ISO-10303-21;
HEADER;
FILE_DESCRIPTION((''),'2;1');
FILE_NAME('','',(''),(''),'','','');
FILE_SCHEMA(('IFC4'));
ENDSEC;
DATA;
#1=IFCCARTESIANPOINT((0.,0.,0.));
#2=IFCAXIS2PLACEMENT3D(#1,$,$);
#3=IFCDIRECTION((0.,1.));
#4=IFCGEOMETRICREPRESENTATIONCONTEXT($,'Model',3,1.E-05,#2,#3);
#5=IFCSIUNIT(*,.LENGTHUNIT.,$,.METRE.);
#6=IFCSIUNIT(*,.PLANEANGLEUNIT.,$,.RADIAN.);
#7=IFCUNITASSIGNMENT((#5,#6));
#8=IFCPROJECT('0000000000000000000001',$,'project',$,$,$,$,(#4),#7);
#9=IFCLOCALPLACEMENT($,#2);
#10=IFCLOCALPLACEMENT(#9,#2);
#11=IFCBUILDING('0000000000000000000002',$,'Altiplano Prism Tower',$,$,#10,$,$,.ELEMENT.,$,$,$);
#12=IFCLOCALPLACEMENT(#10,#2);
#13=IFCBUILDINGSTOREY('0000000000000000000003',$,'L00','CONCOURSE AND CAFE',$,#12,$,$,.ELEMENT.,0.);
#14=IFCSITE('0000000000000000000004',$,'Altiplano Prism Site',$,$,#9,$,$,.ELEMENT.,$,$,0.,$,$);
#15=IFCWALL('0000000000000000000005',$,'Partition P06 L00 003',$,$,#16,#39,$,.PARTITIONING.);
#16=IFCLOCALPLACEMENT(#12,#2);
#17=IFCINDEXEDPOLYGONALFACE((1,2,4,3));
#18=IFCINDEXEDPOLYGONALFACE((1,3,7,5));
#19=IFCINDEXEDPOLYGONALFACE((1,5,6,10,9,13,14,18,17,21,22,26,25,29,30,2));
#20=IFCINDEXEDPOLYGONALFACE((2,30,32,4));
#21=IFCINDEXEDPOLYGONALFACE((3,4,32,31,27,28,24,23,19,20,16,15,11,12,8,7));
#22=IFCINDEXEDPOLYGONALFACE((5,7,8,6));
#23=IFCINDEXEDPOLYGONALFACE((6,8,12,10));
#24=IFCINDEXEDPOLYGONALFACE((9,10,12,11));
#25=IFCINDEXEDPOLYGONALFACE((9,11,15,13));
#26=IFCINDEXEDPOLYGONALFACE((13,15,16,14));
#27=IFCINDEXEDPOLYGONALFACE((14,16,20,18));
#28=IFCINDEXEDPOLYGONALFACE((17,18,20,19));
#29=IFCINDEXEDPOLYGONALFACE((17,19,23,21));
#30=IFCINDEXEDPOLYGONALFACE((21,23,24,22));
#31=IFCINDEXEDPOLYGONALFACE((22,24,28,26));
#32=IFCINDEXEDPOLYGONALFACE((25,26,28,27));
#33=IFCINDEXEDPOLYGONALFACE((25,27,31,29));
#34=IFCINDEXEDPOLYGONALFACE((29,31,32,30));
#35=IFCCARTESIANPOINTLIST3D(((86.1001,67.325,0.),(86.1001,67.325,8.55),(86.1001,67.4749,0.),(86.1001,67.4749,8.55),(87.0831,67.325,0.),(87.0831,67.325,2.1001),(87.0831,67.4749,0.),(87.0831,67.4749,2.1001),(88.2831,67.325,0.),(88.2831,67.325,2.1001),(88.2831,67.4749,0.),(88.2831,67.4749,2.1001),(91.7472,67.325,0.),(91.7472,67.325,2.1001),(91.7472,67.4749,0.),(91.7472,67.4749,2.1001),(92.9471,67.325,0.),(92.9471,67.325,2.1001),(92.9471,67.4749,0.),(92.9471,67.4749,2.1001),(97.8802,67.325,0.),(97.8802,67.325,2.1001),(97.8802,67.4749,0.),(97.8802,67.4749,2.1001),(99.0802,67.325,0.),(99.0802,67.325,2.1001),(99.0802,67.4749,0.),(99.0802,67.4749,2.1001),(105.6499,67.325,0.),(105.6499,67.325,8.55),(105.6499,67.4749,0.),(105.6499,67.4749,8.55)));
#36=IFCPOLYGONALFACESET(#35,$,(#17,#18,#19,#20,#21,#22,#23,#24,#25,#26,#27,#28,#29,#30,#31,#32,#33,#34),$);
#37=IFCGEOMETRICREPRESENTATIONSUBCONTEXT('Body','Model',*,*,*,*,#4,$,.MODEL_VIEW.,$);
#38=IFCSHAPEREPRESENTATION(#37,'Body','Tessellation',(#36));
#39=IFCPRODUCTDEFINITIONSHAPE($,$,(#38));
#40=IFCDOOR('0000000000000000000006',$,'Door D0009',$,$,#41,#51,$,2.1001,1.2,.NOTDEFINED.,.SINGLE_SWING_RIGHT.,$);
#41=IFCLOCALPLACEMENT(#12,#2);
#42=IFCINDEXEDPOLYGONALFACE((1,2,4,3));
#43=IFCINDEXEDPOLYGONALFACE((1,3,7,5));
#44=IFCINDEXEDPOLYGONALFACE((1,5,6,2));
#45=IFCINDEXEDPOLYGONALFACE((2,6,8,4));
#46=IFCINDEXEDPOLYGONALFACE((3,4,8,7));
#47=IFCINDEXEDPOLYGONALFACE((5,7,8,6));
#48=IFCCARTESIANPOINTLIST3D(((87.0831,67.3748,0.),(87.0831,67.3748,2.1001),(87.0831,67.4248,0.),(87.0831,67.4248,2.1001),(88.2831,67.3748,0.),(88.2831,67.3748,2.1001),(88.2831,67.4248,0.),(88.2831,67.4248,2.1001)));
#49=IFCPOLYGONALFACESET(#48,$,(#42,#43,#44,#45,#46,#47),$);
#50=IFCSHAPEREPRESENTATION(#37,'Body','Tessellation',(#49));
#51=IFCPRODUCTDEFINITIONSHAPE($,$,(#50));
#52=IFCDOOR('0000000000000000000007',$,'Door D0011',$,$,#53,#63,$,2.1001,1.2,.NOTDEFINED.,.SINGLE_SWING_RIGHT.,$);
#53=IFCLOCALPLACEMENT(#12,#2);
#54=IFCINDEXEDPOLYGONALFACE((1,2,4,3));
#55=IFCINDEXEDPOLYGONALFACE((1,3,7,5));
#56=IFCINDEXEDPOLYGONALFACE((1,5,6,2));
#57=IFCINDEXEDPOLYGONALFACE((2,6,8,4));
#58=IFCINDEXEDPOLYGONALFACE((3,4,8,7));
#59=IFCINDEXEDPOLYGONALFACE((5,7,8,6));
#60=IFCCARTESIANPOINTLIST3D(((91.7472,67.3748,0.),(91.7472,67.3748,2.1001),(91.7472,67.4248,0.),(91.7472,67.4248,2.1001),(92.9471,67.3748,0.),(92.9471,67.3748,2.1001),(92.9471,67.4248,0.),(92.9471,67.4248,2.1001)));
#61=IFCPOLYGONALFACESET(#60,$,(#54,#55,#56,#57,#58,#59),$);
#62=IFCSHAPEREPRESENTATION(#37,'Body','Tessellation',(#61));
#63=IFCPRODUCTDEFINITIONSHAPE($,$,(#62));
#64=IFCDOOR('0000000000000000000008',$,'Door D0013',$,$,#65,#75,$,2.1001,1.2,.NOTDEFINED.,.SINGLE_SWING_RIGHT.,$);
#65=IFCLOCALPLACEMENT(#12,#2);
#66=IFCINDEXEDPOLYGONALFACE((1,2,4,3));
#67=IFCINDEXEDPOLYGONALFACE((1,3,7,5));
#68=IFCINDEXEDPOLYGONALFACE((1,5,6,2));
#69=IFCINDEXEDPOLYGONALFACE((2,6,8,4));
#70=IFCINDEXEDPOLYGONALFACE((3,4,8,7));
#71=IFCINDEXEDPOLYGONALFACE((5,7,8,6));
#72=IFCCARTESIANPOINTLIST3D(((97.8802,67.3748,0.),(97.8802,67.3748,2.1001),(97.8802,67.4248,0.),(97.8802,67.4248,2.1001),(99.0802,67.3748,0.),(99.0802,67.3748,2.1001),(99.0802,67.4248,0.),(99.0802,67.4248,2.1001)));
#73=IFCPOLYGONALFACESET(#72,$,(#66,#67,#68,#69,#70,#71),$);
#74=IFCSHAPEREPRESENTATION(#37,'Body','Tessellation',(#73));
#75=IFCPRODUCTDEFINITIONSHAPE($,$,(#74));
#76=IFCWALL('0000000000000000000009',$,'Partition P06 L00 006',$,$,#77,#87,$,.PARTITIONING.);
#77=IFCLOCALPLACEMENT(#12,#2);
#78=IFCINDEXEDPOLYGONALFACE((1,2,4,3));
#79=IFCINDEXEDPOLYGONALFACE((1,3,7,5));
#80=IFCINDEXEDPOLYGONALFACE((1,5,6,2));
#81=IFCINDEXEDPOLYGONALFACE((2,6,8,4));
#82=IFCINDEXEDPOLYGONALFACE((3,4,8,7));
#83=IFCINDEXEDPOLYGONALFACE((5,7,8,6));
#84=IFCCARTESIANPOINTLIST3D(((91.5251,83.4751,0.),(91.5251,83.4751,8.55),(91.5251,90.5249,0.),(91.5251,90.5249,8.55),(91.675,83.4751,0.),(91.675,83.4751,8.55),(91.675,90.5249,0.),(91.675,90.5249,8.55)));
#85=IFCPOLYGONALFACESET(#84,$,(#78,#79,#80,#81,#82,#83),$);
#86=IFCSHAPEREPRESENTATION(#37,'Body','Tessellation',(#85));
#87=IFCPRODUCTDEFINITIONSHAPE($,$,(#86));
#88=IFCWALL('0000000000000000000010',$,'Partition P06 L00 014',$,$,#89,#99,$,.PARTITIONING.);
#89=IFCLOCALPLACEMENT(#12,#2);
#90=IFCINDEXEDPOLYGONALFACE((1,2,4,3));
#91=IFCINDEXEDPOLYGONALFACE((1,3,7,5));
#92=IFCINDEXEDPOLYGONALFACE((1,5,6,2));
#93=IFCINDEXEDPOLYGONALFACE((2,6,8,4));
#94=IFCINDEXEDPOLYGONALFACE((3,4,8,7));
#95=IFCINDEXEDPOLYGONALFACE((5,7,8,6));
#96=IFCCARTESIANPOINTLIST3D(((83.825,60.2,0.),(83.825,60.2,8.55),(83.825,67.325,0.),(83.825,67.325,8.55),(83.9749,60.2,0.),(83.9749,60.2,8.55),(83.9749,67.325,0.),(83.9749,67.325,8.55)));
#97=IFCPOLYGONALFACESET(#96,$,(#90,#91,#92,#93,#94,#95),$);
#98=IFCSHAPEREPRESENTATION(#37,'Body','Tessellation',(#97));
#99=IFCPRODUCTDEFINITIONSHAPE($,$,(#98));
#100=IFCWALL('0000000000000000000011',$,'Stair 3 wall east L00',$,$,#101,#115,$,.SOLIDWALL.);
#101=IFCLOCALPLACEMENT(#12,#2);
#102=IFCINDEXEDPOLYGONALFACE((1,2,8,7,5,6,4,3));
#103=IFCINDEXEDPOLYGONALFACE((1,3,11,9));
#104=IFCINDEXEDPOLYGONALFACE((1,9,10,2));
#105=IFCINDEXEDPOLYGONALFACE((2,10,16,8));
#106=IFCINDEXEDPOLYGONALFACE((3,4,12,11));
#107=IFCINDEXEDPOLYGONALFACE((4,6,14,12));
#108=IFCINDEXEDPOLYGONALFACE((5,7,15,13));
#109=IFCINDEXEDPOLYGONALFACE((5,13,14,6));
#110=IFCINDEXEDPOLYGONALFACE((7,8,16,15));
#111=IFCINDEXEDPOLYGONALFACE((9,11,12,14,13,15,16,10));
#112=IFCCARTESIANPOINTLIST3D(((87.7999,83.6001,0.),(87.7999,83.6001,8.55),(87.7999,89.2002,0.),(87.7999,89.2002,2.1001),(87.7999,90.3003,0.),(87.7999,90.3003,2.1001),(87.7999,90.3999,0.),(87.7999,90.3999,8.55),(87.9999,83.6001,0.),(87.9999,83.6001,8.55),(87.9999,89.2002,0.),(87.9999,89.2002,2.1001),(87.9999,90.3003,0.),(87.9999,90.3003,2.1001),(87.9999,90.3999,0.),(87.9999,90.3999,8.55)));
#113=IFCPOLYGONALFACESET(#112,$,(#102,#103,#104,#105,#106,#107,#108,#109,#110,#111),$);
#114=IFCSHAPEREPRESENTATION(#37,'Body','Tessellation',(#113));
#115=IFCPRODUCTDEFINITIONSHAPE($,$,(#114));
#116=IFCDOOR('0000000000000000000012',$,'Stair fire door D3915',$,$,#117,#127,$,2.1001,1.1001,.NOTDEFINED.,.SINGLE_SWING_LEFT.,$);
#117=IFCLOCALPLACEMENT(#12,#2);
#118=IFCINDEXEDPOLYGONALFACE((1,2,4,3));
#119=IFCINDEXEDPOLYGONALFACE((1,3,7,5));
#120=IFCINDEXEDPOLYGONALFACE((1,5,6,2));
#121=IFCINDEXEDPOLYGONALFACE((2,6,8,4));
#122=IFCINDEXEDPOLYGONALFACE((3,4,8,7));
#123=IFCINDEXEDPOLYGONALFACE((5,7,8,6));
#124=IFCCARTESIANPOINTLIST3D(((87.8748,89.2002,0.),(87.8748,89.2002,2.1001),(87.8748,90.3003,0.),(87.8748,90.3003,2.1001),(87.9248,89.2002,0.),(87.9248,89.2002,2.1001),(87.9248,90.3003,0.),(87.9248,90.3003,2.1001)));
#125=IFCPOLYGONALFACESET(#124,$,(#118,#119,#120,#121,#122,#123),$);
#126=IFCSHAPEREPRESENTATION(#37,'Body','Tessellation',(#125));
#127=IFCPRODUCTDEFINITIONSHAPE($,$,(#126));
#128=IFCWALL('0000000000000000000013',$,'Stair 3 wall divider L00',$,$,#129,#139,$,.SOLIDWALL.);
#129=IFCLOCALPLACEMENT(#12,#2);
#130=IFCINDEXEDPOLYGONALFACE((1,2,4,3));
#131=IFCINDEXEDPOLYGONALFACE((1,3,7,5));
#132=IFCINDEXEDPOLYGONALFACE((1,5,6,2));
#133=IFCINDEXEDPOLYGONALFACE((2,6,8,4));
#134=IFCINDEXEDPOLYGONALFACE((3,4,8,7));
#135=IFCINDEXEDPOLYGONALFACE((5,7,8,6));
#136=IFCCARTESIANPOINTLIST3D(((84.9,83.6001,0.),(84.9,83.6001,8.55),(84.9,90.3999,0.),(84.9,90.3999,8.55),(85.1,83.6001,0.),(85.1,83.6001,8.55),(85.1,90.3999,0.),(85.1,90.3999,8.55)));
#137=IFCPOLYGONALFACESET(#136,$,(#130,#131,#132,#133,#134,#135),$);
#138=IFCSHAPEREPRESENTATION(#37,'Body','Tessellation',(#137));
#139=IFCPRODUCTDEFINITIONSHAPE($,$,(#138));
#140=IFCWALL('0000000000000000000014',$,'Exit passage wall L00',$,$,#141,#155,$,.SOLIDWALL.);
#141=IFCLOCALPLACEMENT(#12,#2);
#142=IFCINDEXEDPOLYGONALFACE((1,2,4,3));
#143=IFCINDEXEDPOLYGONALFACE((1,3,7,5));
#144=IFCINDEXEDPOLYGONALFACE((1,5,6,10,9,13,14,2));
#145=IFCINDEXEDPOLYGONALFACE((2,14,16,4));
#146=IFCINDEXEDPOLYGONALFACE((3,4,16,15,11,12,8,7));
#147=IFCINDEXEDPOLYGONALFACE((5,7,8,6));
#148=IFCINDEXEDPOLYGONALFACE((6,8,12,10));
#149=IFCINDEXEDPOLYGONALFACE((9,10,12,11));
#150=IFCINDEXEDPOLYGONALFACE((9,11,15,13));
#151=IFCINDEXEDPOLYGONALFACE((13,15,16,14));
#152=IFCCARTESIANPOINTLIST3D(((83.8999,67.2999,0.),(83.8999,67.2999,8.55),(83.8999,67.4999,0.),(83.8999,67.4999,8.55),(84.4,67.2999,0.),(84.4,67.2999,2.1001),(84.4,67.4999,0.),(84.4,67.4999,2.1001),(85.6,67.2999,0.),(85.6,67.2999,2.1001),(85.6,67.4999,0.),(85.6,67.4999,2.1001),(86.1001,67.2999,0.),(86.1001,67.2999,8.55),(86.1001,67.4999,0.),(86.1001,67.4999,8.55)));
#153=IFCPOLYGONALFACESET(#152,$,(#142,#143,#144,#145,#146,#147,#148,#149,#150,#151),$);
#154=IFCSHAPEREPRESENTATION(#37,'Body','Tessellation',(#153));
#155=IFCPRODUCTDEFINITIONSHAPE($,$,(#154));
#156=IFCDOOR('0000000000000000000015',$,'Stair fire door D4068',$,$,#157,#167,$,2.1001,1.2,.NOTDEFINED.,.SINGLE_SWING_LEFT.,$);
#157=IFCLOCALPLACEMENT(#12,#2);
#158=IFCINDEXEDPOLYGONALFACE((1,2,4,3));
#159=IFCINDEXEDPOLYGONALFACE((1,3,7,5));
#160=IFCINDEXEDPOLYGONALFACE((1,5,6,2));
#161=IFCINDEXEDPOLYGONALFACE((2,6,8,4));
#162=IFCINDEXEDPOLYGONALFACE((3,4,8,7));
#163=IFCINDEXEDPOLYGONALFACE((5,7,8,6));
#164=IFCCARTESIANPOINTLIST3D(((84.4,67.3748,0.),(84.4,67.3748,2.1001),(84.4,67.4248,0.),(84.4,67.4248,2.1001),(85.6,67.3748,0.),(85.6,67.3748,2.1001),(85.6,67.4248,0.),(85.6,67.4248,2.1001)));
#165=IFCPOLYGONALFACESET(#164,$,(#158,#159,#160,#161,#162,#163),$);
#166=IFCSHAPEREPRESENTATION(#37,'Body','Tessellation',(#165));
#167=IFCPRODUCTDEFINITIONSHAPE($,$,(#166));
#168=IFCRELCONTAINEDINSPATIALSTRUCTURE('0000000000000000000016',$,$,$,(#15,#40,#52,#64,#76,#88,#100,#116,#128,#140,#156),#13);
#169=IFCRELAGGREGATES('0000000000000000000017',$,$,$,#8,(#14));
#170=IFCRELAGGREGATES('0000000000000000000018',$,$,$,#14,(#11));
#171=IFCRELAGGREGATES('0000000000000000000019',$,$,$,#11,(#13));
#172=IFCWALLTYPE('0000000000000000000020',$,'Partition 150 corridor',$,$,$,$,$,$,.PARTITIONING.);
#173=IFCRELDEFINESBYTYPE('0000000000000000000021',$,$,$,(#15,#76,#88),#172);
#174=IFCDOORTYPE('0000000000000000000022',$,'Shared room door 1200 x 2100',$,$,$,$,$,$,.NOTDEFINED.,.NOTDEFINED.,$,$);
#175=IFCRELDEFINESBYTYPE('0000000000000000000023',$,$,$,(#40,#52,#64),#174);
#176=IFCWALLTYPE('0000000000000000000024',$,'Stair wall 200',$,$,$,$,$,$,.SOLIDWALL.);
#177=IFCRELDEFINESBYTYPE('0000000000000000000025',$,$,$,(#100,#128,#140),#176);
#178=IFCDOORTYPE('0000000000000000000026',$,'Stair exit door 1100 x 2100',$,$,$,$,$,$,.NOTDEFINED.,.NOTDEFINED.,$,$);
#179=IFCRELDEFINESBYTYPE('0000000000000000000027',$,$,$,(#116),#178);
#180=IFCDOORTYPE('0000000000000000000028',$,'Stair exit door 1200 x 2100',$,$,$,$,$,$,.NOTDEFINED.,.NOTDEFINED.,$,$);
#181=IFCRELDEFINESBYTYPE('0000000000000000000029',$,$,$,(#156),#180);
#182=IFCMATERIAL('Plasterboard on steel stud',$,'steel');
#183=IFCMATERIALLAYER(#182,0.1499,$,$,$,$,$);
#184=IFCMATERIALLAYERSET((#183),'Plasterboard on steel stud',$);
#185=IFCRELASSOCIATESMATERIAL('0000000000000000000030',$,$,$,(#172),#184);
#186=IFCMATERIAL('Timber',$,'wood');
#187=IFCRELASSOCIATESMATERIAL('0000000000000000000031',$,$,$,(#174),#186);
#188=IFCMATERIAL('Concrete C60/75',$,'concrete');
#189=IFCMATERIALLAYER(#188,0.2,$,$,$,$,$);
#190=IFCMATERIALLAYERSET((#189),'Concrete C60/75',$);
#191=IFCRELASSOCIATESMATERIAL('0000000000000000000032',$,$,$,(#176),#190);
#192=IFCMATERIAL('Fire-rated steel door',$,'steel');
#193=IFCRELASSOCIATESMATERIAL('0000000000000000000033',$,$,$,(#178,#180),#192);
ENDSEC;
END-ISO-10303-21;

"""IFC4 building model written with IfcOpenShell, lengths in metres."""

from ifc_helpers import new_model, si_unit, direction, frame, frame_2d, origin, place, context, subcontext, project, spatial, rectangle, extrude, material, layer, layer_set, type_object, element, fill, save


model = new_model("IFC4")

# Units and contexts
model_context = context("Model", 3, precision=1e-05, world=origin(), true_north=direction((0.0, 1.0)))
body_context = subcontext(model_context, "Body", "Model", "MODEL_VIEW")
ifc_project = project(units=[si_unit("LENGTHUNIT", "METRE"), si_unit("PLANEANGLEUNIT", "RADIAN")], contexts=[model_context])

# Site, building, storey
site_placement = place(None, origin())
site = spatial("IfcSite", under=ifc_project, at=site_placement, Name="Altiplano Prism Site", CompositionType="ELEMENT", RefElevation=0.0)
building_placement = place(site_placement, origin())
building = spatial("IfcBuilding", under=site, at=building_placement, Name="Altiplano Prism Tower", CompositionType="ELEMENT")
storey_placement = place(building_placement, origin())
storey = spatial("IfcBuildingStorey", under=building, at=storey_placement, Name="L00", Description="CONCOURSE AND CAFE", CompositionType="ELEMENT", Elevation=0.0)

# Shared definitions
ifc_material_1 = material(Name="Concrete C60/75", Category="concrete")

# Wall, openings, doors
ifc_material_2 = material(Name="Plasterboard on steel stud", Category="steel")
ifc_layer_1 = layer(ifc_material_2, 0.1499)
ifc_layer_set_1 = layer_set([ifc_layer_1], Name="Plasterboard on steel stud")
wall_type_1 = type_object("IfcWallType", Name="Partition 150 corridor", PredefinedType="PARTITIONING", material=ifc_layer_set_1)
wall_1_placement = place(storey_placement, frame((86.1001, 67.3999, 0.0), z_axis=(0.0, 0.0, 1.0), x_axis=(1.0, 0.0, 0.0)))
wall_1 = element("IfcWall", 1, at=wall_1_placement, inside=storey, type_object=wall_type_1, Name="Partition P06 L00 003", PredefinedType="PARTITIONING", context=body_context, shape_type="SweptSolid", body=[
    extrude(rectangle(XDim=19.5498, YDim=0.1499, at=frame_2d((9.7749, 0.0))), origin(), (0.0, 0.0, 1.0), 8.55),
])
opening_1_placement = place(wall_1_placement, frame((0.9829, 0.0, 0.0)))
opening_1 = element("IfcOpeningElement", 2, at=opening_1_placement, cuts=wall_1, PredefinedType="OPENING", context=body_context, shape_type="SweptSolid", body=[
    extrude(rectangle(XDim=1.2, YDim=2.1001, at=frame_2d((0.6001, 1.05))), frame((0.0, 0.0854, 0.0), z_axis=(0.0, -1.0, 0.0), x_axis=(1.0, 0.0, 0.0)), (0.0, 0.0, 1.0), 0.1709),
])
opening_2_placement = place(wall_1_placement, frame((5.647, 0.0, 0.0)))
opening_2 = element("IfcOpeningElement", 3, at=opening_2_placement, cuts=wall_1, PredefinedType="OPENING", context=body_context, shape_type="SweptSolid", body=[
    extrude(rectangle(XDim=1.2, YDim=2.1001, at=frame_2d((0.6001, 1.05))), frame((0.0, 0.0854, 0.0), z_axis=(0.0, -1.0, 0.0), x_axis=(1.0, 0.0, 0.0)), (0.0, 0.0, 1.0), 0.1709),
])
opening_3_placement = place(wall_1_placement, frame((11.78, 0.0, 0.0)))
opening_3 = element("IfcOpeningElement", 4, at=opening_3_placement, cuts=wall_1, PredefinedType="OPENING", context=body_context, shape_type="SweptSolid", body=[
    extrude(rectangle(XDim=1.2, YDim=2.1001, at=frame_2d((0.6001, 1.05))), frame((0.0, 0.0854, 0.0), z_axis=(0.0, -1.0, 0.0), x_axis=(1.0, 0.0, 0.0)), (0.0, 0.0, 1.0), 0.1709),
])
ifc_material_3 = material(Name="Timber", Category="wood")
door_type_1 = type_object("IfcDoorType", Name="Shared room door 1200 x 2100", OperationType="NOTDEFINED", PredefinedType="NOTDEFINED", material=ifc_material_3)
door_1_placement = place(opening_1_placement, origin())
door_1 = element("IfcDoor", 5, at=door_1_placement, inside=storey, type_object=door_type_1, Name="Door D0009", OperationType="SINGLE_SWING_RIGHT", OverallHeight=2.1001, OverallWidth=1.2, PredefinedType="NOTDEFINED", context=body_context, shape_type="SweptSolid", body=[
    extrude(rectangle(XDim=1.2, YDim=2.1001, at=frame_2d((0.6001, 1.05))), frame((0.0, 0.0249, 0.0), z_axis=(0.0, -1.0, 0.0), x_axis=(1.0, 0.0, 0.0)), (0.0, 0.0, 1.0), 0.05),
])
fill(opening_1, door_1)
door_2_placement = place(opening_2_placement, origin())
door_2 = element("IfcDoor", 6, at=door_2_placement, inside=storey, type_object=door_type_1, Name="Door D0011", OperationType="SINGLE_SWING_RIGHT", OverallHeight=2.1001, OverallWidth=1.2, PredefinedType="NOTDEFINED", context=body_context, shape_type="SweptSolid", body=[
    extrude(rectangle(XDim=1.2, YDim=2.1001, at=frame_2d((0.6001, 1.05))), frame((0.0, 0.0249, 0.0), z_axis=(0.0, -1.0, 0.0), x_axis=(1.0, 0.0, 0.0)), (0.0, 0.0, 1.0), 0.05),
])
fill(opening_2, door_2)
door_3_placement = place(opening_3_placement, origin())
door_3 = element("IfcDoor", 7, at=door_3_placement, inside=storey, type_object=door_type_1, Name="Door D0013", OperationType="SINGLE_SWING_RIGHT", OverallHeight=2.1001, OverallWidth=1.2, PredefinedType="NOTDEFINED", context=body_context, shape_type="SweptSolid", body=[
    extrude(rectangle(XDim=1.2, YDim=2.1001, at=frame_2d((0.6001, 1.05))), frame((0.0, 0.0249, 0.0), z_axis=(0.0, -1.0, 0.0), x_axis=(1.0, 0.0, 0.0)), (0.0, 0.0, 1.0), 0.05),
])
fill(opening_3, door_3)

# Walls
wall_2_placement = place(storey_placement, frame((91.6001, 83.4751, 0.0), z_axis=(0.0, 0.0, 1.0), x_axis=(0.0, 1.0, 0.0)))
element("IfcWall", 8, at=wall_2_placement, inside=storey, type_object=wall_type_1, Name="Partition P06 L00 006", PredefinedType="PARTITIONING", context=body_context, shape_type="SweptSolid", body=[
    extrude(rectangle(XDim=7.0498, YDim=0.1499, at=frame_2d((3.5249, 0.0))), origin(), (0.0, 0.0, 1.0), 8.55),
])
wall_3_placement = place(storey_placement, frame((83.8999, 67.325, 0.0), z_axis=(0.0, 0.0, 1.0), x_axis=(0.0, -1.0, 0.0)))
element("IfcWall", 9, at=wall_3_placement, inside=storey, type_object=wall_type_1, Name="Partition P06 L00 014", PredefinedType="PARTITIONING", context=body_context, shape_type="SweptSolid", body=[
    extrude(rectangle(XDim=7.125, YDim=0.1499, at=frame_2d((3.5625, 0.0))), origin(), (0.0, 0.0, 1.0), 8.55),
])

# Wall, opening, door
ifc_layer_2 = layer(ifc_material_1, 0.2)
ifc_layer_set_2 = layer_set([ifc_layer_2], Name="Concrete C60/75")
wall_type_2 = type_object("IfcWallType", Name="Stair wall 200", PredefinedType="SOLIDWALL", material=ifc_layer_set_2)
wall_4_placement = place(storey_placement, frame((87.8999, 83.6001, 0.0), z_axis=(0.0, 0.0, 1.0), x_axis=(0.0, 1.0, 0.0)))
wall_4 = element("IfcWall", 10, at=wall_4_placement, inside=storey, type_object=wall_type_2, Name="Stair 3 wall east L00", PredefinedType="SOLIDWALL", context=body_context, shape_type="SweptSolid", body=[
    extrude(rectangle(XDim=6.7998, YDim=0.2, at=frame_2d((3.3999, 0.0))), origin(), (0.0, 0.0, 1.0), 8.55),
])
opening_4_placement = place(wall_4_placement, frame((5.6001, 0.0, 0.0)))
opening_4 = element("IfcOpeningElement", 11, at=opening_4_placement, cuts=wall_4, PredefinedType="OPENING", context=body_context, shape_type="SweptSolid", body=[
    extrude(rectangle(XDim=1.1001, YDim=2.1001, at=frame_2d((0.55, 1.05))), frame((0.0, 0.1104, 0.0), z_axis=(0.0, -1.0, 0.0), x_axis=(1.0, 0.0, 0.0)), (0.0, 0.0, 1.0), 0.2209),
])
ifc_material_4 = material(Name="Fire-rated steel door", Category="steel")
door_type_2 = type_object("IfcDoorType", Name="Stair exit door 1100 x 2100", OperationType="NOTDEFINED", PredefinedType="NOTDEFINED", material=ifc_material_4)
door_4_placement = place(opening_4_placement, frame((1.1001, 0.0, 0.0), z_axis=(0.0, 0.0, 1.0), x_axis=(-1.0, 0.0, 0.0)))
door_4 = element("IfcDoor", 12, at=door_4_placement, inside=storey, type_object=door_type_2, Name="Stair fire door D3915", OperationType="SINGLE_SWING_LEFT", OverallHeight=2.1001, OverallWidth=1.1001, PredefinedType="NOTDEFINED", context=body_context, shape_type="SweptSolid", body=[
    extrude(rectangle(XDim=1.1001, YDim=2.1001, at=frame_2d((0.55, 1.05))), frame((0.0, 0.0249, 0.0), z_axis=(0.0, -1.0, 0.0), x_axis=(1.0, 0.0, 0.0)), (0.0, 0.0, 1.0), 0.05),
])
fill(opening_4, door_4)

# Wall
wall_5_placement = place(storey_placement, frame((85.0, 83.6001, 0.0), z_axis=(0.0, 0.0, 1.0), x_axis=(0.0, 1.0, 0.0)))
element("IfcWall", 13, at=wall_5_placement, inside=storey, type_object=wall_type_2, Name="Stair 3 wall divider L00", PredefinedType="SOLIDWALL", context=body_context, shape_type="SweptSolid", body=[
    extrude(rectangle(XDim=6.7998, YDim=0.2, at=frame_2d((3.3999, 0.0))), origin(), (0.0, 0.0, 1.0), 8.55),
])

# Wall, opening, door
wall_6_placement = place(storey_placement, frame((83.8999, 67.3999, 0.0), z_axis=(0.0, 0.0, 1.0), x_axis=(1.0, 0.0, 0.0)))
wall_6 = element("IfcWall", 14, at=wall_6_placement, inside=storey, type_object=wall_type_2, Name="Exit passage wall L00", PredefinedType="SOLIDWALL", context=body_context, shape_type="SweptSolid", body=[
    extrude(rectangle(XDim=2.2002, YDim=0.2, at=frame_2d((1.1001, 0.0))), origin(), (0.0, 0.0, 1.0), 8.55),
])
opening_5_placement = place(wall_6_placement, frame((0.5, 0.0, 0.0)))
opening_5 = element("IfcOpeningElement", 15, at=opening_5_placement, cuts=wall_6, PredefinedType="OPENING", context=body_context, shape_type="SweptSolid", body=[
    extrude(rectangle(XDim=1.2, YDim=2.1001, at=frame_2d((0.6001, 1.05))), frame((0.0, 0.1104, 0.0), z_axis=(0.0, -1.0, 0.0), x_axis=(1.0, 0.0, 0.0)), (0.0, 0.0, 1.0), 0.2209),
])
door_type_3 = type_object("IfcDoorType", Name="Stair exit door 1200 x 2100", OperationType="NOTDEFINED", PredefinedType="NOTDEFINED", material=ifc_material_4)
door_5_placement = place(opening_5_placement, origin())
door_5 = element("IfcDoor", 16, at=door_5_placement, inside=storey, type_object=door_type_3, Name="Stair fire door D4068", OperationType="SINGLE_SWING_LEFT", OverallHeight=2.1001, OverallWidth=1.2, PredefinedType="NOTDEFINED", context=body_context, shape_type="SweptSolid", body=[
    extrude(rectangle(XDim=1.2, YDim=2.1001, at=frame_2d((0.6001, 1.05))), frame((0.0, 0.0249, 0.0), z_axis=(0.0, -1.0, 0.0), x_axis=(1.0, 0.0, 0.0)), (0.0, 0.0, 1.0), 0.05),
])
fill(opening_5, door_5)

save(model, "model.ifc")
